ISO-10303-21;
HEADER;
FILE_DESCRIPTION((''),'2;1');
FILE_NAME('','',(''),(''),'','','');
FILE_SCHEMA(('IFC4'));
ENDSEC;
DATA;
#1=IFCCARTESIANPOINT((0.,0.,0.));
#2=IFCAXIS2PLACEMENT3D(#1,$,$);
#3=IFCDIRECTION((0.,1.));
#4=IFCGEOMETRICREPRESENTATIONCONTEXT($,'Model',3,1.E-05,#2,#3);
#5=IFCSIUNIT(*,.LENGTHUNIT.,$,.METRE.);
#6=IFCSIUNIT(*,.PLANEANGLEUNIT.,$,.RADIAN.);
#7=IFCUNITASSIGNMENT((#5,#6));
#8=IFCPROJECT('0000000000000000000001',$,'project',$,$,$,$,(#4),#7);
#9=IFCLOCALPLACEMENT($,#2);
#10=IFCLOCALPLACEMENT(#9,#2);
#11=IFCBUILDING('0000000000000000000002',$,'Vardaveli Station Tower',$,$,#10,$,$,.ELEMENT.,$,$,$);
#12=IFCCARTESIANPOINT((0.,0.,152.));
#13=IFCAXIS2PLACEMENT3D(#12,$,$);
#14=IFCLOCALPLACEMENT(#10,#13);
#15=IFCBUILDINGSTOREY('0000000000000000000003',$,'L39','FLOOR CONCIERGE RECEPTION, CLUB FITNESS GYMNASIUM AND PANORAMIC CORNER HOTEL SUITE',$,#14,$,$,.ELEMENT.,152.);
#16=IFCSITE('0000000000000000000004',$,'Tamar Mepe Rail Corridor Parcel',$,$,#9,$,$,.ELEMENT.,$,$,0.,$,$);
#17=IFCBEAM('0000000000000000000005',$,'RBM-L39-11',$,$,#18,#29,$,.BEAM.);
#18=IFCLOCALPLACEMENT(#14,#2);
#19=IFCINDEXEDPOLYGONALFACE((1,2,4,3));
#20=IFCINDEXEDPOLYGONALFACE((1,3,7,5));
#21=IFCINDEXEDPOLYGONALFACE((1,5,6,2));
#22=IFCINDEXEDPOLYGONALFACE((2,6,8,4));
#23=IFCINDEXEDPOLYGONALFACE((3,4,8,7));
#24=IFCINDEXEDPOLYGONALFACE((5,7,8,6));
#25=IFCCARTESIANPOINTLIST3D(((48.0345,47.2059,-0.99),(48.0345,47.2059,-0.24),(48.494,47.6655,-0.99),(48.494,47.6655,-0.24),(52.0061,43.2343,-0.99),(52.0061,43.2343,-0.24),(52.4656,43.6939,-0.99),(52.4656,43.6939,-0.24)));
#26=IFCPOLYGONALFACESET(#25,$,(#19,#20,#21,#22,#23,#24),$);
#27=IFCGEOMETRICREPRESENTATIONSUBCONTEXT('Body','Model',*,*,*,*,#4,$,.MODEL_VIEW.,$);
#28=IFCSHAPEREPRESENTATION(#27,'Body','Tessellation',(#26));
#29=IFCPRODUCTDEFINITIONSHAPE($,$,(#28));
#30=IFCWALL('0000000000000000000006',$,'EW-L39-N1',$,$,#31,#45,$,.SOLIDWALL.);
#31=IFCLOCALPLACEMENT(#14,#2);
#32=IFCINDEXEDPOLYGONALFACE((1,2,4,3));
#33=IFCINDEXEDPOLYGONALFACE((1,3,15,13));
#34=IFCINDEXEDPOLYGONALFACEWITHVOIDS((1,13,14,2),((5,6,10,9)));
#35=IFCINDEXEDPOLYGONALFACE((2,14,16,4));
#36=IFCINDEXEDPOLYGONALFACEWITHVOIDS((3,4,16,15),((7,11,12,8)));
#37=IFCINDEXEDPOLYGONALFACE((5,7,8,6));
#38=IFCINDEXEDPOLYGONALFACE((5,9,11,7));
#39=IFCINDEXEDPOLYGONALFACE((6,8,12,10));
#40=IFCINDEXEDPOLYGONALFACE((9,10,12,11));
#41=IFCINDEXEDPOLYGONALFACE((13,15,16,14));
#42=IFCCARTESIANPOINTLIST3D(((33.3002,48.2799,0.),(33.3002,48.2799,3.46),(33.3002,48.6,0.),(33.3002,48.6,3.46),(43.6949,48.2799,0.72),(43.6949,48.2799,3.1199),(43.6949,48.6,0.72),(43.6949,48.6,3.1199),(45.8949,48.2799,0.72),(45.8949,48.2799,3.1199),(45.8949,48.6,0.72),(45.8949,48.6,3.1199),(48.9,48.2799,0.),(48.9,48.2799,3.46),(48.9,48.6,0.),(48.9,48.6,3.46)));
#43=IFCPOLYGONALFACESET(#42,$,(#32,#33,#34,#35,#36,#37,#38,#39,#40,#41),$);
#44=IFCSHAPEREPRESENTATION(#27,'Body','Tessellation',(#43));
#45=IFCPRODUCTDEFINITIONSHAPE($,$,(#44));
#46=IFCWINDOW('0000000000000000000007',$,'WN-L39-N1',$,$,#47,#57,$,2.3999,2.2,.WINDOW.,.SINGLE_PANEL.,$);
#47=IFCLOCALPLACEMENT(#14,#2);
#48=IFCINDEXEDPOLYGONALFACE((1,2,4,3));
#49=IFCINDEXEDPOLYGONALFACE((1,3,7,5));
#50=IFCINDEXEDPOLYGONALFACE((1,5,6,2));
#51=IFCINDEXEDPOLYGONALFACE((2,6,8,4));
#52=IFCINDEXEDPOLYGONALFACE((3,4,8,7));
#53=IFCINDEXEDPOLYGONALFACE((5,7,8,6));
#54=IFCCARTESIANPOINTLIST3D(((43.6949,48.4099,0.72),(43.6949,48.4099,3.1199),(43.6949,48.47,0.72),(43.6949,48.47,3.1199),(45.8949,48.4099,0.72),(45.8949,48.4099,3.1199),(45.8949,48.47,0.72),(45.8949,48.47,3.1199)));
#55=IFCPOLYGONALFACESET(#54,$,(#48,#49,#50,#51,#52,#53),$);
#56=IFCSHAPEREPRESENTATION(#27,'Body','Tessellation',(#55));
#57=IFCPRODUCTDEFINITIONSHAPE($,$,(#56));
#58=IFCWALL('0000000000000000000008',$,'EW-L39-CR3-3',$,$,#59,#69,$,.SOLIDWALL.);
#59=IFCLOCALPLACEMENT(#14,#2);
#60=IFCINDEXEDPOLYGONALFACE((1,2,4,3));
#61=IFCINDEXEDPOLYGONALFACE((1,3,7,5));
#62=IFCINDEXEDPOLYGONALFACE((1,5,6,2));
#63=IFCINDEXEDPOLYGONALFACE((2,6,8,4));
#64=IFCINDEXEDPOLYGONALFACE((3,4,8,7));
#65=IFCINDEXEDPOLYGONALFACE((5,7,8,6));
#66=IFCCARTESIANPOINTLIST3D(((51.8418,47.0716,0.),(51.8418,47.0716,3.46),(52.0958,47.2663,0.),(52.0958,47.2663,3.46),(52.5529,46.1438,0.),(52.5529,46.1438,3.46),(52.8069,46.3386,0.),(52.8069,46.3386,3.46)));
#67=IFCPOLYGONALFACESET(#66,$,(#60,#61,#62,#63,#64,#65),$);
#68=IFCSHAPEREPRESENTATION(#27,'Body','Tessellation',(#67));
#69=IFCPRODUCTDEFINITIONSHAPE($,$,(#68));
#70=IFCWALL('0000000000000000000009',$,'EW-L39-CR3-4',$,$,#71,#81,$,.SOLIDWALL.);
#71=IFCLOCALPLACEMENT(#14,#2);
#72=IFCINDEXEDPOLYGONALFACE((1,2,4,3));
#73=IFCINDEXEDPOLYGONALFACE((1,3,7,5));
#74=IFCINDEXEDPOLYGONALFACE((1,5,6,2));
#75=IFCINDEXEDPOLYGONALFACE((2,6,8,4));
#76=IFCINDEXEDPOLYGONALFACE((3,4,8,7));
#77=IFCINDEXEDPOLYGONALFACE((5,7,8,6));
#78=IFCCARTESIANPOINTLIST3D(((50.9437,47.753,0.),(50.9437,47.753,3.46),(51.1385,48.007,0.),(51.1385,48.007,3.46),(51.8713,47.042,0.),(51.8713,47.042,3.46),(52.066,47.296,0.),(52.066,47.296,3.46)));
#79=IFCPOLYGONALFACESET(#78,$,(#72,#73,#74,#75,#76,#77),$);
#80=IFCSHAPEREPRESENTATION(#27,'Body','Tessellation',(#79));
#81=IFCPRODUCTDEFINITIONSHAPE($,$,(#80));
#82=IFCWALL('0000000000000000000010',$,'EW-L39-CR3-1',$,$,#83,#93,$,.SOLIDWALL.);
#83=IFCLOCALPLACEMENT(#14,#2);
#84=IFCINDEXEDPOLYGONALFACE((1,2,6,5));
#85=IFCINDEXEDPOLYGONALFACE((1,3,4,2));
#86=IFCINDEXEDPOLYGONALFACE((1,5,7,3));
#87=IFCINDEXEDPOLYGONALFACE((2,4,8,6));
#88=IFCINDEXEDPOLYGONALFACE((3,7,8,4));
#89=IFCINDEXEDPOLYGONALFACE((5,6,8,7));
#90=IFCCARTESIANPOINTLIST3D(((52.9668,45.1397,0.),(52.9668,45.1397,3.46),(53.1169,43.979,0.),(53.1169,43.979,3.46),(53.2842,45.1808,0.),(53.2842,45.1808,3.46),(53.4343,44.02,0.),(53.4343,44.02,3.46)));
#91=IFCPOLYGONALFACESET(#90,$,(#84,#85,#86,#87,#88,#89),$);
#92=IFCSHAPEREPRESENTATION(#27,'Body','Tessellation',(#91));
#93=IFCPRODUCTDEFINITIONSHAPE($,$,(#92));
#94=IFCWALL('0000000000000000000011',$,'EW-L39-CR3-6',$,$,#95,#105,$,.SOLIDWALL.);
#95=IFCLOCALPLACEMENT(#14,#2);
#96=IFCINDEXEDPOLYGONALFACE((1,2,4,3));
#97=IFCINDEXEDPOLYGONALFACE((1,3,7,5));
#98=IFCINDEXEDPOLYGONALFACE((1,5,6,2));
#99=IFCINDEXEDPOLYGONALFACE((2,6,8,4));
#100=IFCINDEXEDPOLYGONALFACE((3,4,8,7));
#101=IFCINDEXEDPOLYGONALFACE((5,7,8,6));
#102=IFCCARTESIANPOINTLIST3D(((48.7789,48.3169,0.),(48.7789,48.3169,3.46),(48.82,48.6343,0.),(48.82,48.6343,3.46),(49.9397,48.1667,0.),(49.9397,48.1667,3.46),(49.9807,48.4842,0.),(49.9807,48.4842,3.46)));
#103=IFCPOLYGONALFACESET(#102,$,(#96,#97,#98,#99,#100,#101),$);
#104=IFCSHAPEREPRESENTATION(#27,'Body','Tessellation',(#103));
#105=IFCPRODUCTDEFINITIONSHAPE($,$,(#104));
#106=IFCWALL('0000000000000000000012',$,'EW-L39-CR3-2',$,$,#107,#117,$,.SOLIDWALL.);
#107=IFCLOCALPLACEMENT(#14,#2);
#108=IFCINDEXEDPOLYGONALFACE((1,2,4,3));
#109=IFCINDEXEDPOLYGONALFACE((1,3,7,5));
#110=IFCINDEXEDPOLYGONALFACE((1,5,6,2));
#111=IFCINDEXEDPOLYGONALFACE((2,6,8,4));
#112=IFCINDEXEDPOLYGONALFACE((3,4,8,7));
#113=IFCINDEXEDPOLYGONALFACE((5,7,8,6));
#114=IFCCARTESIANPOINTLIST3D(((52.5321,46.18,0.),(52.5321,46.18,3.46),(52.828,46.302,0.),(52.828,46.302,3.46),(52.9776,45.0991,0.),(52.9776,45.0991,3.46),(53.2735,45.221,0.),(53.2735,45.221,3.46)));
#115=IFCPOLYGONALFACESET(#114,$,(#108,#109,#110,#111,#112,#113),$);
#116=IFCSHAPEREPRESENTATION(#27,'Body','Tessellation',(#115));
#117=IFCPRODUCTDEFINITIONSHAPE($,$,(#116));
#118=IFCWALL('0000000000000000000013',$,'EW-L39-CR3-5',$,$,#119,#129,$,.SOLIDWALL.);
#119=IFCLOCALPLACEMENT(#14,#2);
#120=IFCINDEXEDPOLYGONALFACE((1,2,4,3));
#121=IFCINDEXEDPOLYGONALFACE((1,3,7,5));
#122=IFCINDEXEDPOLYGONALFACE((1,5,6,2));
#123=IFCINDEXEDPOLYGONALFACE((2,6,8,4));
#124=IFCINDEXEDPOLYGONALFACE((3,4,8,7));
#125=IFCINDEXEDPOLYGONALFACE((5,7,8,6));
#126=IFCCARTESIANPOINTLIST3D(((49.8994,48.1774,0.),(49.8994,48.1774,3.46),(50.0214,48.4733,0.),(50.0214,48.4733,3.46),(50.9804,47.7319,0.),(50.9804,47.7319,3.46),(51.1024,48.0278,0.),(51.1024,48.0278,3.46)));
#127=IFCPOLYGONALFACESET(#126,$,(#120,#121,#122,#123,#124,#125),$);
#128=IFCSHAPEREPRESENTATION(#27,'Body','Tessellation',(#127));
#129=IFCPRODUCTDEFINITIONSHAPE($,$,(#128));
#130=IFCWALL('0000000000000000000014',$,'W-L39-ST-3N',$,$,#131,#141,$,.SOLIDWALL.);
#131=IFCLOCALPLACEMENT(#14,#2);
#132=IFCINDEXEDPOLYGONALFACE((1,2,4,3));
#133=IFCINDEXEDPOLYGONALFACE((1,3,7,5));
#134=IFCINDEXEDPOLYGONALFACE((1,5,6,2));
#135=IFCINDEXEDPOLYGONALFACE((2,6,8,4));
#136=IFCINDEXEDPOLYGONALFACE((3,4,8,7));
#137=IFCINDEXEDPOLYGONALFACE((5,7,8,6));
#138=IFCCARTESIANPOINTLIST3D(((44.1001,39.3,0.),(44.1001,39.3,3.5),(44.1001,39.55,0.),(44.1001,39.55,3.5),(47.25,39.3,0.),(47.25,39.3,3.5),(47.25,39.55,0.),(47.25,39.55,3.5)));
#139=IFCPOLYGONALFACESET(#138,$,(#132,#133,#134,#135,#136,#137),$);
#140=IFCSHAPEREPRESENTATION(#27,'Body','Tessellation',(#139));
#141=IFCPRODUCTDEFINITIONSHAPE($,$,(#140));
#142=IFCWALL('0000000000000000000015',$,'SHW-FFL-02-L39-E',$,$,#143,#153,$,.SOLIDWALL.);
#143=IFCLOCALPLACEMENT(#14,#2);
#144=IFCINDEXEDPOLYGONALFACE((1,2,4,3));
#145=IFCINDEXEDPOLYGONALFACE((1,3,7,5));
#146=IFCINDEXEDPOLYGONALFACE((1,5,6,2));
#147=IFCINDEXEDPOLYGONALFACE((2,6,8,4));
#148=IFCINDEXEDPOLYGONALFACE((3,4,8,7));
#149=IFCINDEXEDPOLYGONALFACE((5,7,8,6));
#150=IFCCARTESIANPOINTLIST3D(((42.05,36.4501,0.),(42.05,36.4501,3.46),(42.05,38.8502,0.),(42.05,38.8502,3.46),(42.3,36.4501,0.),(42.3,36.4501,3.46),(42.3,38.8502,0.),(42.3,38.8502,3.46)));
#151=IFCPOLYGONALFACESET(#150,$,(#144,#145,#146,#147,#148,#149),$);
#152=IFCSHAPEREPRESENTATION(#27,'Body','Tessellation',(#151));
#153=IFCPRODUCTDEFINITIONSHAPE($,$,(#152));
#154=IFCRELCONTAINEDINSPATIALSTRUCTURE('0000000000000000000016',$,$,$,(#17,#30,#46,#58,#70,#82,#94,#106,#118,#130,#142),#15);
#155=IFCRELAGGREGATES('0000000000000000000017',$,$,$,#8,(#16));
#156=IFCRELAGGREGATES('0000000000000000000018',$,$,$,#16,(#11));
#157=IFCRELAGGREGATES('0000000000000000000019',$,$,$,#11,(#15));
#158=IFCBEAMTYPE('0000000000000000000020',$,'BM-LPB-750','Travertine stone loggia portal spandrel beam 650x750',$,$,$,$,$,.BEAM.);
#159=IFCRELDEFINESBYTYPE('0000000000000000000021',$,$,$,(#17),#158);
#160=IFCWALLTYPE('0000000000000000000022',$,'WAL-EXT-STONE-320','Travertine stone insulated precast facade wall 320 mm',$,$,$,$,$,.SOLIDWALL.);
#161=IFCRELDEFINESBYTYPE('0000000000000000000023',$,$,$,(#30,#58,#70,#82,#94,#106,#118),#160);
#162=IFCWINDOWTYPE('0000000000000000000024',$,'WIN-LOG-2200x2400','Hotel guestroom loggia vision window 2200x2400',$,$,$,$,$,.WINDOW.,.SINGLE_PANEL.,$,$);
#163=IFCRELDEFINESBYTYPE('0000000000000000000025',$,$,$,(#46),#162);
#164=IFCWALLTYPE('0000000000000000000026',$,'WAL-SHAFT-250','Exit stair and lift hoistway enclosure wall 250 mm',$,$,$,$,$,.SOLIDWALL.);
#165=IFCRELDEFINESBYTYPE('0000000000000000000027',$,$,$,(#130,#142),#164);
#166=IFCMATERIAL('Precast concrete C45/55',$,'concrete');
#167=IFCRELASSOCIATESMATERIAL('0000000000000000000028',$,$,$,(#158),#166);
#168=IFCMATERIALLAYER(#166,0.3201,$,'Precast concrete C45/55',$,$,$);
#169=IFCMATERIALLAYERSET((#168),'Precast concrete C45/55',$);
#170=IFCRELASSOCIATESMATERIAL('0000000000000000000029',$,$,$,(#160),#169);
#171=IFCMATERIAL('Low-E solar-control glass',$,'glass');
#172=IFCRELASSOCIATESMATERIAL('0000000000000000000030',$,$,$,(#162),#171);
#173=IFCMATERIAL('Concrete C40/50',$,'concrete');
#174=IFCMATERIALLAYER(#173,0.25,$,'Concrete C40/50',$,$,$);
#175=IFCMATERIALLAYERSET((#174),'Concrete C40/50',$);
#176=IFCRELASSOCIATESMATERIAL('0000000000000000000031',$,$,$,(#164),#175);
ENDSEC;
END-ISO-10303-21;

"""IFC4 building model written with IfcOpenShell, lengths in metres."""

from ifc_helpers import new_model, si_unit, direction, frame, frame_2d, origin, origin_2d, place, context, subcontext, project, spatial, rectangle, extrude, source, transform, mapped, material, layer, layer_set, material_profile, profile_set, type_object, element, fill, save


model = new_model("IFC4")

# Units and contexts
model_context = context("Model", 3, precision=1e-05, world=origin(), true_north=direction((0.0, 1.0)))
body_context = subcontext(model_context, "Body", "Model", "MODEL_VIEW")
ifc_project = project(units=[si_unit("LENGTHUNIT", "METRE"), si_unit("PLANEANGLEUNIT", "RADIAN")], contexts=[model_context])

# Site, building, storey
site_placement = place(None, origin())
site = spatial("IfcSite", under=ifc_project, at=site_placement, Name="Tamar Mepe Rail Corridor Parcel", CompositionType="ELEMENT", RefElevation=0.0)
building_placement = place(site_placement, origin())
building = spatial("IfcBuilding", under=site, at=building_placement, Name="Vardaveli Station Tower", CompositionType="ELEMENT")
storey_placement = place(building_placement, frame((0.0, 0.0, 152.0)))
storey = spatial("IfcBuildingStorey", under=building, at=storey_placement, Name="L39", Description="FLOOR CONCIERGE RECEPTION, CLUB FITNESS GYMNASIUM AND PANORAMIC CORNER HOTEL SUITE", CompositionType="ELEMENT", Elevation=152.0)

# Beam
ifc_material_1 = material(Name="Precast concrete C45/55", Category="concrete")
ifc_material_profile_1 = material_profile(ifc_material_1, rectangle(XDim=0.6499, YDim=0.75, at=origin_2d()), Name="LPB 650x750")
ifc_profile_set_1 = profile_set([ifc_material_profile_1], Name="Precast concrete C45/55")
beam_type = type_object("IfcBeamType", Name="BM-LPB-750", Description="Travertine stone loggia portal spandrel beam 650x750", PredefinedType="BEAM", material=ifc_profile_set_1)
shared_shape_1 = source(origin(), body_context, "Body", "SweptSolid", [
    extrude(rectangle(XDim=0.6499, YDim=0.75, at=origin_2d()), origin(), (0.0, 0.0, 1.0), 5.6167),
])
beam_placement = place(storey_placement, frame((52.2358, 43.4641, -0.615), z_axis=(-0.707107, 0.707107, 0.0), x_axis=(-0.707107, -0.707107, 0.0)))
element("IfcBeam", 1, at=beam_placement, inside=storey, type_object=beam_type, Name="RBM-L39-11", PredefinedType="BEAM", context=body_context, shape_type="MappedRepresentation", body=[
    mapped(shared_shape_1, transform((0.0, 0.0, 0.0), scale=1.0)),
])

# Wall, opening, window
ifc_layer_1 = layer(ifc_material_1, 0.3201, Name="Precast concrete C45/55")
ifc_layer_set_1 = layer_set([ifc_layer_1], Name="Precast concrete C45/55")
wall_type_1 = type_object("IfcWallType", Name="WAL-EXT-STONE-320", Description="Travertine stone insulated precast facade wall 320 mm", PredefinedType="SOLIDWALL", material=ifc_layer_set_1)
shared_shape_2 = source(origin(), body_context, "Body", "SweptSolid", [
    extrude(rectangle(XDim=15.5999, YDim=0.3201, at=frame_2d((7.7998, 0.0))), origin(), (0.0, 0.0, 1.0), 3.46),
])
wall_1_placement = place(storey_placement, frame((48.8999, 48.4399, 0.0), z_axis=(0.0, 0.0, 1.0), x_axis=(-1.0, 0.0, 0.0)))
wall_1 = element("IfcWall", 2, at=wall_1_placement, inside=storey, type_object=wall_type_1, Name="EW-L39-N1", PredefinedType="SOLIDWALL", context=body_context, shape_type="MappedRepresentation", body=[
    mapped(shared_shape_2, transform((0.0, 0.0, 0.0), scale=1.0)),
])
shared_shape_3 = source(origin(), body_context, "Body", "SweptSolid", [
    extrude(rectangle(XDim=2.2, YDim=2.3999, at=frame_2d((1.1001, 1.2))), frame((0.0, 0.1699, 0.0), z_axis=(0.0, -1.0, 0.0), x_axis=(1.0, 0.0, 0.0)), (0.0, 0.0, 1.0), 0.3401),
])
opening_placement = place(wall_1_placement, frame((3.0049, 0.0, 0.72)))
opening = element("IfcOpeningElement", 3, at=opening_placement, cuts=wall_1, PredefinedType="OPENING", context=body_context, shape_type="MappedRepresentation", body=[
    mapped(shared_shape_3, transform((0.0, 0.0, 0.0), scale=1.0)),
])
ifc_material_2 = material(Name="Low-E solar-control glass", Category="glass")
window_type = type_object("IfcWindowType", Name="WIN-LOG-2200x2400", Description="Hotel guestroom loggia vision window 2200x2400", PartitioningType="SINGLE_PANEL", PredefinedType="WINDOW", material=ifc_material_2)
shared_shape_4 = source(origin(), body_context, "Body", "SweptSolid", [
    extrude(rectangle(XDim=2.2, YDim=2.3999, at=frame_2d((1.1001, 1.2))), frame((0.0, 0.03, 0.0), z_axis=(0.0, -1.0, 0.0), x_axis=(1.0, 0.0, 0.0)), (0.0, 0.0, 1.0), 0.0601),
])
window_placement = place(opening_placement, origin())
window = element("IfcWindow", 4, at=window_placement, inside=storey, type_object=window_type, Name="WN-L39-N1", OverallHeight=2.3999, OverallWidth=2.2, PartitioningType="SINGLE_PANEL", PredefinedType="WINDOW", context=body_context, shape_type="MappedRepresentation", body=[
    mapped(shared_shape_4, transform((0.0, 0.0, 0.0), scale=1.0)),
])
fill(opening, window)

# Walls
shared_shape_5 = source(origin(), body_context, "Body", "SweptSolid", [
    extrude(rectangle(XDim=1.1689, YDim=0.3201, at=frame_2d((0.5845, 0.0))), origin(), (0.0, 0.0, 1.0), 3.46),
])
wall_2_placement = place(storey_placement, frame((52.6799, 46.2412, 0.0), z_axis=(0.0, 0.0, 1.0), x_axis=(-0.608388, 0.79364, 0.0)))
element("IfcWall", 5, at=wall_2_placement, inside=storey, type_object=wall_type_1, Name="EW-L39-CR3-3", PredefinedType="SOLIDWALL", context=body_context, shape_type="MappedRepresentation", body=[
    mapped(shared_shape_5, transform((0.0, 0.0, 0.0), scale=1.0)),
])
shared_shape_6 = source(origin(), body_context, "Body", "SweptSolid", [
    extrude(rectangle(XDim=1.1687, YDim=0.3201, at=frame_2d((0.5845, 0.0))), origin(), (0.0, 0.0, 1.0), 3.46),
])
wall_3_placement = place(storey_placement, frame((51.9688, 47.1689, 0.0), z_axis=(0.0, 0.0, 1.0), x_axis=(-0.793664, 0.608357, 0.0)))
element("IfcWall", 6, at=wall_3_placement, inside=storey, type_object=wall_type_1, Name="EW-L39-CR3-4", PredefinedType="SOLIDWALL", context=body_context, shape_type="MappedRepresentation", body=[
    mapped(shared_shape_6, transform((0.0, 0.0, 0.0), scale=1.0)),
])
shared_shape_7 = source(origin(), body_context, "Body", "SweptSolid", [
    extrude(rectangle(XDim=1.1704, YDim=0.3201, at=frame_2d((0.5852, 0.0))), origin(), (0.0, 0.0, 1.0), 3.46),
])
for number, where, z_axis, x_axis, name in (
    (7, (53.2756, 43.9995, 0.0), (0.0, 0.0, 1.0), (-0.128296, 0.991736, 0.0), "EW-L39-CR3-1"),
    (8, (49.9602, 48.3254, 0.0), (0.0, 0.0, 1.0), (-0.991736, 0.128296, 0.0), "EW-L39-CR3-6"),
):
    element("IfcWall", number, at=place(storey_placement, frame(where, z_axis=z_axis, x_axis=x_axis)), inside=storey, type_object=wall_type_1, Name=name, PredefinedType="SOLIDWALL", context=body_context, shape_type="MappedRepresentation", body=[
        mapped(shared_shape_7, transform((0.0, 0.0, 0.0), scale=1.0)),
    ])
shared_shape_8 = source(origin(), body_context, "Body", "SweptSolid", [
    extrude(rectangle(XDim=1.1692, YDim=0.3201, at=frame_2d((0.5845, 0.0))), origin(), (0.0, 0.0, 1.0), 3.46),
])
for number, where, z_axis, x_axis, name in (
    (9, (53.1255, 45.1602, 0.0), (0.0, 0.0, 1.0), (-0.381054, 0.924553, 0.0), "EW-L39-CR3-2"),
    (10, (51.0413, 47.8799, 0.0), (0.0, 0.0, 1.0), (-0.924553, 0.381054, 0.0), "EW-L39-CR3-5"),
):
    element("IfcWall", number, at=place(storey_placement, frame(where, z_axis=z_axis, x_axis=x_axis)), inside=storey, type_object=wall_type_1, Name=name, PredefinedType="SOLIDWALL", context=body_context, shape_type="MappedRepresentation", body=[
        mapped(shared_shape_8, transform((0.0, 0.0, 0.0), scale=1.0)),
    ])
ifc_material_3 = material(Name="Concrete C40/50", Category="concrete")
ifc_layer_2 = layer(ifc_material_3, 0.25, Name="Concrete C40/50")
ifc_layer_set_2 = layer_set([ifc_layer_2], Name="Concrete C40/50")
wall_type_2 = type_object("IfcWallType", Name="WAL-SHAFT-250", Description="Exit stair and lift hoistway enclosure wall 250 mm", PredefinedType="SOLIDWALL", material=ifc_layer_set_2)
shared_shape_9 = source(origin(), body_context, "Body", "SweptSolid", [
    extrude(rectangle(XDim=3.1499, YDim=0.25, at=frame_2d((1.575, 0.0))), origin(), (0.0, 0.0, 1.0), 3.5),
])
wall_4_placement = place(storey_placement, frame((44.1001, 39.425, 0.0), z_axis=(0.0, 0.0, 1.0), x_axis=(1.0, 0.0, 0.0)))
element("IfcWall", 11, at=wall_4_placement, inside=storey, type_object=wall_type_2, Name="W-L39-ST-3N", PredefinedType="SOLIDWALL", context=body_context, shape_type="MappedRepresentation", body=[
    mapped(shared_shape_9, transform((0.0, 0.0, 0.0), scale=1.0)),
])
shared_shape_10 = source(origin(), body_context, "Body", "SweptSolid", [
    extrude(rectangle(XDim=2.4001, YDim=0.25, at=frame_2d((1.2002, 0.0))), origin(), (0.0, 0.0, 1.0), 3.46),
])
wall_5_placement = place(storey_placement, frame((42.175, 36.45, 0.0), z_axis=(0.0, 0.0, 1.0), x_axis=(0.0, 1.0, 0.0)))
element("IfcWall", 12, at=wall_5_placement, inside=storey, type_object=wall_type_2, Name="SHW-FFL-02-L39-E", PredefinedType="SOLIDWALL", context=body_context, shape_type="MappedRepresentation", body=[
    mapped(shared_shape_10, transform((0.0, 0.0, 0.0), scale=1.0)),
])

save(model, "model.ifc")
